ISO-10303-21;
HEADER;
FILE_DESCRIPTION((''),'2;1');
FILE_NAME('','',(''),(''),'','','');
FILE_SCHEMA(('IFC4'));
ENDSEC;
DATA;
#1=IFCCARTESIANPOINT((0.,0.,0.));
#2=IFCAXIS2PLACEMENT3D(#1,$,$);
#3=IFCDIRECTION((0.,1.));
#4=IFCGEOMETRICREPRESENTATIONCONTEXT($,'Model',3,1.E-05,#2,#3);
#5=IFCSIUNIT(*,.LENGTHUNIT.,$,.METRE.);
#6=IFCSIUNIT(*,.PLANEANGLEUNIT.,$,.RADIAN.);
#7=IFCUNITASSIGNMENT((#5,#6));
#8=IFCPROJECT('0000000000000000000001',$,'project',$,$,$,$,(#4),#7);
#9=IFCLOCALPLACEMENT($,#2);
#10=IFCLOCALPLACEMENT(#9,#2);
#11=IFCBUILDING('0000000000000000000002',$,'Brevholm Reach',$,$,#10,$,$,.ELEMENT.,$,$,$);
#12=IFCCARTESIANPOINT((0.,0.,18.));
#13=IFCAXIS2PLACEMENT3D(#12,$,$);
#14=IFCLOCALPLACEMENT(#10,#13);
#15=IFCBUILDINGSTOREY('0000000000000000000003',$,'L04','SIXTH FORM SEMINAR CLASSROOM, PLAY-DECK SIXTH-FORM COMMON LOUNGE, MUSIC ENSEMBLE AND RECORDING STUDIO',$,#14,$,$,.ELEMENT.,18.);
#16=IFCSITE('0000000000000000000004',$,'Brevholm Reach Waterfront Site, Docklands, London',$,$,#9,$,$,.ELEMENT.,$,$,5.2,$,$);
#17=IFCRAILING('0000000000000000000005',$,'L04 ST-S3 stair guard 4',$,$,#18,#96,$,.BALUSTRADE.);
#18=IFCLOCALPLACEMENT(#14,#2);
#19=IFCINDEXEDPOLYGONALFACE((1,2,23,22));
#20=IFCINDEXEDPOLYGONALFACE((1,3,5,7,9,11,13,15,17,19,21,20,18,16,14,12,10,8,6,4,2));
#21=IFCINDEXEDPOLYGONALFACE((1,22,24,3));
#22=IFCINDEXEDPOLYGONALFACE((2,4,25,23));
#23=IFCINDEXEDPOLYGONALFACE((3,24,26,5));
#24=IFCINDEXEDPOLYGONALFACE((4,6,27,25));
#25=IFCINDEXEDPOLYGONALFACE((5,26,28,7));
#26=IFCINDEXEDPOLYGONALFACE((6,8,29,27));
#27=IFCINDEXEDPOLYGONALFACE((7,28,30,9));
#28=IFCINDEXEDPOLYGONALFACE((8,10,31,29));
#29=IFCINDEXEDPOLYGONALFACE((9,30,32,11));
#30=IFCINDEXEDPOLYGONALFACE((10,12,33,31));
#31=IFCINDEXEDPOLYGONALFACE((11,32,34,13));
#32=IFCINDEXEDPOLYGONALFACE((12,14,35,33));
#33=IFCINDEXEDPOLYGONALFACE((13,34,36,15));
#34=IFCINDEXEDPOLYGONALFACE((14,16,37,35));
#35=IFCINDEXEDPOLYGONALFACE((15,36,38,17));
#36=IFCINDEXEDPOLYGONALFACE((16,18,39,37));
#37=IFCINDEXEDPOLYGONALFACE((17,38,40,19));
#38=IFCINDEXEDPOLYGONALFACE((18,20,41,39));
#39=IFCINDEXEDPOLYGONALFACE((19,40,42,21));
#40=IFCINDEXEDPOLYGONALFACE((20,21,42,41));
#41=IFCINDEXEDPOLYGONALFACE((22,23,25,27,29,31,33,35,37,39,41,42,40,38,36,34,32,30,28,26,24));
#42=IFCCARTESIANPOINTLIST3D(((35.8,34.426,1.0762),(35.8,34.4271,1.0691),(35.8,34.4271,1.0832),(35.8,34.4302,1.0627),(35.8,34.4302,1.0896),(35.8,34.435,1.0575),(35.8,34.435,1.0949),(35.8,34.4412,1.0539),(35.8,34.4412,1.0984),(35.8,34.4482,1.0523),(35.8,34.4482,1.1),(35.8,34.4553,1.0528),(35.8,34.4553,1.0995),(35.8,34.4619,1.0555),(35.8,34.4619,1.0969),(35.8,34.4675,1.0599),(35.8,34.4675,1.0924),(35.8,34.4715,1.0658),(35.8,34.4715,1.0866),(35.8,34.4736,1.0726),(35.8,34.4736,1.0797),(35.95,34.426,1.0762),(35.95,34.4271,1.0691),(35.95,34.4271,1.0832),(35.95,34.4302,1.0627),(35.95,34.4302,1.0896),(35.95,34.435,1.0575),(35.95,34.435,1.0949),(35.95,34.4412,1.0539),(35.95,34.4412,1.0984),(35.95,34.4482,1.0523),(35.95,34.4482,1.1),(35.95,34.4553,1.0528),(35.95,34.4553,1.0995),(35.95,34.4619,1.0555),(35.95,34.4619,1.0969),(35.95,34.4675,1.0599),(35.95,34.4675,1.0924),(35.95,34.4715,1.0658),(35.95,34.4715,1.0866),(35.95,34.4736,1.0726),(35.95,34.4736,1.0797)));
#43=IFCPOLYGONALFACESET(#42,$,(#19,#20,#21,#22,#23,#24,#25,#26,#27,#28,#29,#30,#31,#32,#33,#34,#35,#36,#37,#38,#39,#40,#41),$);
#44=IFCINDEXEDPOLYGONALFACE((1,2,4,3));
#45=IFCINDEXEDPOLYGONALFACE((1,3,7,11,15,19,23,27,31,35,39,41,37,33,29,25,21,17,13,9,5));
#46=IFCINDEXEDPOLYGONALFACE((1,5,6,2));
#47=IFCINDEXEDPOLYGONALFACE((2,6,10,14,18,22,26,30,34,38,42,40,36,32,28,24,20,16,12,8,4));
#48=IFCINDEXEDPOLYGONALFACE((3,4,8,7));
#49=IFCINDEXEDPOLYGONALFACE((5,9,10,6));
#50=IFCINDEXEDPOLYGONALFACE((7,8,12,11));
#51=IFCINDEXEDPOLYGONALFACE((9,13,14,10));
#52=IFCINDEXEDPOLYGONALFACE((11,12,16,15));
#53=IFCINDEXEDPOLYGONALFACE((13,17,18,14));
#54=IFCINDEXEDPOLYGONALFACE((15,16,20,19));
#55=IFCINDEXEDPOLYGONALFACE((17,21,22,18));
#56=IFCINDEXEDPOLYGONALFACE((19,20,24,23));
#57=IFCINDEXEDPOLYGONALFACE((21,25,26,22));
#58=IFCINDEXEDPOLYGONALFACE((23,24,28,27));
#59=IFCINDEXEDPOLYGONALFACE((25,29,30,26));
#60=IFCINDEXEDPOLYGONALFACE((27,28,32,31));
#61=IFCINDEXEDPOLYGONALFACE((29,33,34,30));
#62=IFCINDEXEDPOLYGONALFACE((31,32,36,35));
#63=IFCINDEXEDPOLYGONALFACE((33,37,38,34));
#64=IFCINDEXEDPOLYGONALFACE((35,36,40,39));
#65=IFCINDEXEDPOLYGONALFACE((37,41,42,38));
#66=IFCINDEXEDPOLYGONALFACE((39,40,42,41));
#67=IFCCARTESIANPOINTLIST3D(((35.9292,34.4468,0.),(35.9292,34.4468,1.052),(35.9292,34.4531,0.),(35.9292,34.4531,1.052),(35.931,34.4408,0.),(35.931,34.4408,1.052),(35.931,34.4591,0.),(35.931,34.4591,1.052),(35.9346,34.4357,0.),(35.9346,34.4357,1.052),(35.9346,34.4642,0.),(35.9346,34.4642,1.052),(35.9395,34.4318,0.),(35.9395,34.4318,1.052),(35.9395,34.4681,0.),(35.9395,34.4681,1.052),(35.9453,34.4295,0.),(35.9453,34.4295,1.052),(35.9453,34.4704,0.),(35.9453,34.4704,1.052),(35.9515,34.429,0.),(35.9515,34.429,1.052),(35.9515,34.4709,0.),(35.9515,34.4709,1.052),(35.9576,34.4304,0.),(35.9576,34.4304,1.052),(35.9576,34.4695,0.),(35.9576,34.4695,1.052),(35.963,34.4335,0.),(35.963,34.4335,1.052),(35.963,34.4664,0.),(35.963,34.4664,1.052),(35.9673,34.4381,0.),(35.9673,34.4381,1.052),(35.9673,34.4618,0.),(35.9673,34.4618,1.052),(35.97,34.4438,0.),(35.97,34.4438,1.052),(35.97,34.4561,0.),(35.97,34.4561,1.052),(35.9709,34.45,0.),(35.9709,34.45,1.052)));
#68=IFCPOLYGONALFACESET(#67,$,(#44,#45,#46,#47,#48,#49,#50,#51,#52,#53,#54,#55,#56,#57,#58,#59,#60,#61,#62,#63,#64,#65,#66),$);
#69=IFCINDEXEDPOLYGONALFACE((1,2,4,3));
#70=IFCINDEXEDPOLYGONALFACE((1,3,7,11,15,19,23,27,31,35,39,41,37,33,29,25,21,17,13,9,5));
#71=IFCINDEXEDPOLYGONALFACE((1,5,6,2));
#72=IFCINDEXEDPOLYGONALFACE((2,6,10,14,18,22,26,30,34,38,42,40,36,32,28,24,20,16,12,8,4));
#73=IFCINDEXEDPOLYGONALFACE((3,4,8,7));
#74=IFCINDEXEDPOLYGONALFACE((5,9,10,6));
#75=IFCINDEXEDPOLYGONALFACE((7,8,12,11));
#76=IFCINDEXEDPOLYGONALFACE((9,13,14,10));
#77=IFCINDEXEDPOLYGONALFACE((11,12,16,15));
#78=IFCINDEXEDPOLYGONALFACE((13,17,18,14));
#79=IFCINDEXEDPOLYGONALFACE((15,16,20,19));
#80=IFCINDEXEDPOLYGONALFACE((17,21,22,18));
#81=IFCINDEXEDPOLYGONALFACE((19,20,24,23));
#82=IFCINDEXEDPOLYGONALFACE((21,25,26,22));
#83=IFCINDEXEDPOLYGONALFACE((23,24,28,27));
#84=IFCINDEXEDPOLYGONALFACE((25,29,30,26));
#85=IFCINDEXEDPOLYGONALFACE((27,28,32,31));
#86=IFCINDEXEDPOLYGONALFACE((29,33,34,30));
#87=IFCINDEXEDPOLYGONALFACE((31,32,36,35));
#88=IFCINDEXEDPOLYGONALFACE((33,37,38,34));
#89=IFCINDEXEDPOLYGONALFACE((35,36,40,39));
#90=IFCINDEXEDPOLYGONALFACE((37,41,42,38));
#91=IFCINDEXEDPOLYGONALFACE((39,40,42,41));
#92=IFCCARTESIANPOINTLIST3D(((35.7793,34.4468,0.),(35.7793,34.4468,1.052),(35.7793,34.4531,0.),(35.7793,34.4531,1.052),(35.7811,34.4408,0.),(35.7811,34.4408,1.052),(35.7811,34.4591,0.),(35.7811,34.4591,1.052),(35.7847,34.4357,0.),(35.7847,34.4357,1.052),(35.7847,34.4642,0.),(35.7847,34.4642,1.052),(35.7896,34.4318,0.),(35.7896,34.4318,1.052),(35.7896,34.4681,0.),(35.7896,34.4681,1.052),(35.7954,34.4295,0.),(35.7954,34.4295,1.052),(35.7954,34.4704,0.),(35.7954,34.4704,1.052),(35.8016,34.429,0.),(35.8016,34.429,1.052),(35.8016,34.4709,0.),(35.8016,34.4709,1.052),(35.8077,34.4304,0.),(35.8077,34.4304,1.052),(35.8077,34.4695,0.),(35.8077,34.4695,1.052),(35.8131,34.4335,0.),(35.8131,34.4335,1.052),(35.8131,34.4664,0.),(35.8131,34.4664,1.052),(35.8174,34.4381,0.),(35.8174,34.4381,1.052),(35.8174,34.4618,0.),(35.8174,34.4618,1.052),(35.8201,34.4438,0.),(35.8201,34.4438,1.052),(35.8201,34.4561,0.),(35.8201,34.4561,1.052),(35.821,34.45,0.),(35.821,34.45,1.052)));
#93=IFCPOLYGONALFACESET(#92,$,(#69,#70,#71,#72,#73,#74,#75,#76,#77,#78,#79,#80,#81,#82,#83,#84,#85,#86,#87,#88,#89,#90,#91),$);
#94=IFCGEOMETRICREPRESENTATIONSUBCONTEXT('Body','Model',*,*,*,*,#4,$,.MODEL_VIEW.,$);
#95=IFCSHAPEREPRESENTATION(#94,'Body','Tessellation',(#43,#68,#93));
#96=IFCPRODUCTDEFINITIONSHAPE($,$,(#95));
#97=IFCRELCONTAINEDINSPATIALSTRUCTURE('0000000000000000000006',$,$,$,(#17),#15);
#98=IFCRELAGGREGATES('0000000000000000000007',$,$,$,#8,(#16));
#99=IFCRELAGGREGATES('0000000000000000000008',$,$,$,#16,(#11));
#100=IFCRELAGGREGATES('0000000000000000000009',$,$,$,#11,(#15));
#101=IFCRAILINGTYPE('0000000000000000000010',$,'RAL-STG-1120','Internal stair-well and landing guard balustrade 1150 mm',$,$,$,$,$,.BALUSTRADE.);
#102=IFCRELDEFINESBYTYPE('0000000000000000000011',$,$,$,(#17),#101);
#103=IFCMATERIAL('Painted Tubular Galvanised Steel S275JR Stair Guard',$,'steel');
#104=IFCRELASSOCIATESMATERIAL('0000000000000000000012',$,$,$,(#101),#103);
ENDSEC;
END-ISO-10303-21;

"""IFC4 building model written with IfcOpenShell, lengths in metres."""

from ifc_helpers import new_model, si_unit, direction, frame, origin, origin_2d, place, context, subcontext, project, spatial, circle, extrude, material, type_object, element, save


model = new_model("IFC4")

# Units and contexts
model_context = context("Model", 3, precision=1e-05, world=origin(), true_north=direction((0.0, 1.0)))
body_context = subcontext(model_context, "Body", "Model", "MODEL_VIEW")
ifc_project = project(units=[si_unit("LENGTHUNIT", "METRE"), si_unit("PLANEANGLEUNIT", "RADIAN")], contexts=[model_context])

# Site, building, storey
site_placement = place(None, origin())
site = spatial("IfcSite", under=ifc_project, at=site_placement, Name="Brevholm Reach Waterfront Site, Docklands, London", CompositionType="ELEMENT", RefElevation=5.2)
building_placement = place(site_placement, origin())
building = spatial("IfcBuilding", under=site, at=building_placement, Name="Brevholm Reach", CompositionType="ELEMENT")
storey_placement = place(building_placement, frame((0.0, 0.0, 18.0)))
storey = spatial("IfcBuildingStorey", under=building, at=storey_placement, Name="L04", Description="SIXTH FORM SEMINAR CLASSROOM, PLAY-DECK SIXTH-FORM COMMON LOUNGE, MUSIC ENSEMBLE AND RECORDING STUDIO", CompositionType="ELEMENT", Elevation=18.0)

# Railing
ifc_material_1 = material(Name="Painted Tubular Galvanised Steel S275JR Stair Guard", Category="steel")
railing_type_1 = type_object("IfcRailingType", Name="RAL-STG-1120", Description="Internal stair-well and landing guard balustrade 1150 mm", PredefinedType="BALUSTRADE", material=ifc_material_1)
railing_1_placement = place(storey_placement, frame((35.95, 34.45, 0.0)))
element("IfcRailing", 1, at=railing_1_placement, inside=storey, type_object=railing_type_1, Name="L04 ST-S3 stair guard 4", PredefinedType="BALUSTRADE", context=body_context, shape_type="SweptSolid", body=[
    extrude(circle(Radius=0.0239, at=origin_2d()), frame((0.0, 0.0, 1.0762), z_axis=(-1.0, 0.0, 0.0), x_axis=(0.0, -1.0, 0.0)), (0.0, 0.0, 1.0), 0.1499),
    extrude(circle(Radius=0.021, at=origin_2d()), origin(), (0.0, 0.0, 1.0), 1.052),
    extrude(circle(Radius=0.021, at=origin_2d()), frame((-0.1499, 0.0, 0.0)), (0.0, 0.0, 1.0), 1.052),
])

save(model, "model.ifc")
